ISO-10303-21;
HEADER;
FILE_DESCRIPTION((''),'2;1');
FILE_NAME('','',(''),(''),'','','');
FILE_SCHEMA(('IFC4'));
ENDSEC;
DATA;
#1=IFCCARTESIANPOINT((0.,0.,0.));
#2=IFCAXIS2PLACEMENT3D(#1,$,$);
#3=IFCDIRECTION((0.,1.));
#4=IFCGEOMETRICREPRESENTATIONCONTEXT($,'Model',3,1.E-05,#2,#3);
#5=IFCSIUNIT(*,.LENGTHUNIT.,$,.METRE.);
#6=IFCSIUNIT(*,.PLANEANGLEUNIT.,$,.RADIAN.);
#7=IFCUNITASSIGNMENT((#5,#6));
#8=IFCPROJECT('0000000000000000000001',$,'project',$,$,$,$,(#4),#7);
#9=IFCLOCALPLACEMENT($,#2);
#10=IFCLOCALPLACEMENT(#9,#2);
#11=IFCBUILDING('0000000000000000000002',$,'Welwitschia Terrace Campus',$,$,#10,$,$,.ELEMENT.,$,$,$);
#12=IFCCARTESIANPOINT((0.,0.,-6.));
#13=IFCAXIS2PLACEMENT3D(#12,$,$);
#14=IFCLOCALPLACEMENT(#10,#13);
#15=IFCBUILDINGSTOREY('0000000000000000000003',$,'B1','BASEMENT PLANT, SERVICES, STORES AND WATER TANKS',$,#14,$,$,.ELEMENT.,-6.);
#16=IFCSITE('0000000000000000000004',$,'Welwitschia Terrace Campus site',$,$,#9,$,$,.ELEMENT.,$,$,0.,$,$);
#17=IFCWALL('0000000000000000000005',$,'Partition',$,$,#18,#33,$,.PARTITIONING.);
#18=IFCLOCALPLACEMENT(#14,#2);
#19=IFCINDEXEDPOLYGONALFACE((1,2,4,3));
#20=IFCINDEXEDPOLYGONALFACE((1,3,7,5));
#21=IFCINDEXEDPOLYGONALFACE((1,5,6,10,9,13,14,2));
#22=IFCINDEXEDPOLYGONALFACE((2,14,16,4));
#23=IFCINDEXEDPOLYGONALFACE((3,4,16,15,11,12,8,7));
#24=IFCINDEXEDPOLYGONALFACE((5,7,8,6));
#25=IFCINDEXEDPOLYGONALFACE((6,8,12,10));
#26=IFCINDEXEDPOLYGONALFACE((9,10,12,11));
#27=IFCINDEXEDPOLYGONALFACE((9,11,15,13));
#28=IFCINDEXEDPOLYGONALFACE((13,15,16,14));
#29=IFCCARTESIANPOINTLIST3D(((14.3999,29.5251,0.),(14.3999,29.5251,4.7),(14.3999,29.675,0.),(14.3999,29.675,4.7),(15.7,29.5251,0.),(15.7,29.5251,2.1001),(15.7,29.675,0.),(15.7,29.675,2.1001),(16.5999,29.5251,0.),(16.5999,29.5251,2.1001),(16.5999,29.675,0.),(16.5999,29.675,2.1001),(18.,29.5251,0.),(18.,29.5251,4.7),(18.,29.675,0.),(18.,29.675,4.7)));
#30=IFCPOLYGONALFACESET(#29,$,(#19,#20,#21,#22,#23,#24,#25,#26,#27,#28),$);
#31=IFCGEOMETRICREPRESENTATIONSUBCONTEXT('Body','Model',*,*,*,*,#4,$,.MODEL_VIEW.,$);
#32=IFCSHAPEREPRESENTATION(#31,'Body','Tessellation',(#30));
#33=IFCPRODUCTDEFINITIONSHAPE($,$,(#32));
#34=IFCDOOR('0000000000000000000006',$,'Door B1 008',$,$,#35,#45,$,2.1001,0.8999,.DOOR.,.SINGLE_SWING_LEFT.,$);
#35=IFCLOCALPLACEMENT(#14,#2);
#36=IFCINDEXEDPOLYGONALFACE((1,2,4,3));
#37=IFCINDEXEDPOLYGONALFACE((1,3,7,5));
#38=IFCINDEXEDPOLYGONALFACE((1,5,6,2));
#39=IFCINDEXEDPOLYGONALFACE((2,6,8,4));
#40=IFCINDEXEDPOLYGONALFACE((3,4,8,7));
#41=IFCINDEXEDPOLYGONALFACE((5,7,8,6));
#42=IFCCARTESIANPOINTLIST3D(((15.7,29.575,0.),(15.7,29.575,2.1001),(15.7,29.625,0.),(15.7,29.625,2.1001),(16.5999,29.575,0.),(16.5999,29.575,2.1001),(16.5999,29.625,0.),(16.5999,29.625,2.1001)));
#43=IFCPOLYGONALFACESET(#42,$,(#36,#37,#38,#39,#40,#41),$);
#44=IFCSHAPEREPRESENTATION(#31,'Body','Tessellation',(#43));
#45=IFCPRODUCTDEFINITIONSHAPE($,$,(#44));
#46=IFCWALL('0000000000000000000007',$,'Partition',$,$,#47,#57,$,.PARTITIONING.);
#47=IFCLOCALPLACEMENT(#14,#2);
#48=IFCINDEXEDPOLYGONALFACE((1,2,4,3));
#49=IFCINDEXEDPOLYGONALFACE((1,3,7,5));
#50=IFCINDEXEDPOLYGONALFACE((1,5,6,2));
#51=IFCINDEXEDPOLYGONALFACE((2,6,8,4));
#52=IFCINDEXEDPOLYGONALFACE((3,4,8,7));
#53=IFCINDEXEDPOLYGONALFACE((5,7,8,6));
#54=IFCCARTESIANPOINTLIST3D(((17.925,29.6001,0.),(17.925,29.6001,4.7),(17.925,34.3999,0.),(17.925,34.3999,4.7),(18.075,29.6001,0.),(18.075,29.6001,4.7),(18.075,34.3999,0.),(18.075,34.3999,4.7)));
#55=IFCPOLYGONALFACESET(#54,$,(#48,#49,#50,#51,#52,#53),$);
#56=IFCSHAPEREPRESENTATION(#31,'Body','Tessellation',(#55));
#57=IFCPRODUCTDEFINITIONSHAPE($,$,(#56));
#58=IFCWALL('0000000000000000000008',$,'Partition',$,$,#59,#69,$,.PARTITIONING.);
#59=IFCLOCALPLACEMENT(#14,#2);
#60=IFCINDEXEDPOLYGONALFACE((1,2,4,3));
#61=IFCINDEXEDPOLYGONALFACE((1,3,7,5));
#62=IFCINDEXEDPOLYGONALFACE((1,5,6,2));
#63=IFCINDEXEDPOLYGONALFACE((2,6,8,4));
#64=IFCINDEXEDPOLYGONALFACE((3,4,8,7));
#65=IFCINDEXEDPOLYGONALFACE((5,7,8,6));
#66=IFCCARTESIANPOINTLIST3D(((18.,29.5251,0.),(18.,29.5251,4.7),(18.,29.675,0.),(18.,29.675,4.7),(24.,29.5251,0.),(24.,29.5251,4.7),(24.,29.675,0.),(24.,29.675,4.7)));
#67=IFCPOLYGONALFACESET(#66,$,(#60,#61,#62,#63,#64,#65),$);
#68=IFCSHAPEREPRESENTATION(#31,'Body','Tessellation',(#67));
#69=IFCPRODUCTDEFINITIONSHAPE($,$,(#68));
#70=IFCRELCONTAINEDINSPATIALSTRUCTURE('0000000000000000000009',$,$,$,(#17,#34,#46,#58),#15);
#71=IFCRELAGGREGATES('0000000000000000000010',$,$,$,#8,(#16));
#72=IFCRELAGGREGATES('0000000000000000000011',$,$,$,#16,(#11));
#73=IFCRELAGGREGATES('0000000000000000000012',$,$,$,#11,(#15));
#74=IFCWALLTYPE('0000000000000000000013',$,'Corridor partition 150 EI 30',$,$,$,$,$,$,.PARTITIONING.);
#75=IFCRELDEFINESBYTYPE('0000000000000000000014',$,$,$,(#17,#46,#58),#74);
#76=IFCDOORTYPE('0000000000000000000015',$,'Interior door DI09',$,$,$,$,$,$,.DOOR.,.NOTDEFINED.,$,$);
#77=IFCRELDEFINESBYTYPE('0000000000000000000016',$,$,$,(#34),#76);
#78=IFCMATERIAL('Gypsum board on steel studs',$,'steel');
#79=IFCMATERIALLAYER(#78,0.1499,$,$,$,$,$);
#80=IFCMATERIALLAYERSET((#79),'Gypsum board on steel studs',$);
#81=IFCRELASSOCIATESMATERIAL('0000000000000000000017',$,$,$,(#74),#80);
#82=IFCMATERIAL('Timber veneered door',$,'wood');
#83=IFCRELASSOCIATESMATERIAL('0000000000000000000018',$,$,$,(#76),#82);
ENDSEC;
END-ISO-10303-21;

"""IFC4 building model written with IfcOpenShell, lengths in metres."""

from ifc_helpers import new_model, si_unit, direction, frame, frame_2d, origin, place, context, subcontext, project, spatial, rectangle, extrude, material, layer, layer_set, type_object, element, fill, save


model = new_model("IFC4")

# Units and contexts
model_context = context("Model", 3, precision=1e-05, world=origin(), true_north=direction((0.0, 1.0)))
body_context = subcontext(model_context, "Body", "Model", "MODEL_VIEW")
ifc_project = project(units=[si_unit("LENGTHUNIT", "METRE"), si_unit("PLANEANGLEUNIT", "RADIAN")], contexts=[model_context])

# Site, building, storey
site_placement = place(None, origin())
site = spatial("IfcSite", under=ifc_project, at=site_placement, Name="Welwitschia Terrace Campus site", CompositionType="ELEMENT", RefElevation=0.0)
building_placement = place(site_placement, origin())
building = spatial("IfcBuilding", under=site, at=building_placement, Name="Welwitschia Terrace Campus", CompositionType="ELEMENT")
storey_placement = place(building_placement, frame((0.0, 0.0, -6.0)))
storey = spatial("IfcBuildingStorey", under=building, at=storey_placement, Name="B1", Description="BASEMENT PLANT, SERVICES, STORES AND WATER TANKS", CompositionType="ELEMENT", Elevation=-6.0)

# Shared definitions
ifc_material_1 = material(Name="Gypsum board on steel studs", Category="steel")
ifc_layer = layer(ifc_material_1, 0.1499)
ifc_layer_set = layer_set([ifc_layer], Name="Gypsum board on steel studs")
wall_type = type_object("IfcWallType", Name="Corridor partition 150 EI 30", PredefinedType="PARTITIONING", material=ifc_layer_set)

# Wall, opening, door
wall_1_placement = place(storey_placement, frame((14.3999, 29.6001, 0.0), z_axis=(0.0, 0.0, 1.0), x_axis=(1.0, 0.0, 0.0)))
wall_1 = element("IfcWall", 1, at=wall_1_placement, inside=storey, type_object=wall_type, Name="Partition", PredefinedType="PARTITIONING", context=body_context, shape_type="SweptSolid", body=[
    extrude(rectangle(XDim=3.6001, YDim=0.1499, at=frame_2d((1.8, 0.0))), origin(), (0.0, 0.0, 1.0), 4.7),
])
opening_1_placement = place(wall_1_placement, frame((1.3, 0.0, 0.0)))
opening_1 = element("IfcOpeningElement", 2, at=opening_1_placement, cuts=wall_1, PredefinedType="OPENING", context=body_context, shape_type="SweptSolid", body=[
    extrude(rectangle(XDim=0.8999, YDim=2.1001, at=frame_2d((0.45, 1.05))), frame((0.0, 0.085, 0.0), z_axis=(0.0, -1.0, 0.0), x_axis=(1.0, 0.0, 0.0)), (0.0, 0.0, 1.0), 0.1699),
])
ifc_material_2 = material(Name="Timber veneered door", Category="wood")
door_type_1 = type_object("IfcDoorType", Name="Interior door DI09", OperationType="NOTDEFINED", PredefinedType="DOOR", material=ifc_material_2)
door_1_placement = place(opening_1_placement, origin())
door_1 = element("IfcDoor", 3, at=door_1_placement, inside=storey, type_object=door_type_1, Name="Door B1 008", OperationType="SINGLE_SWING_LEFT", OverallHeight=2.1001, OverallWidth=0.8999, PredefinedType="DOOR", context=body_context, shape_type="SweptSolid", body=[
    extrude(rectangle(XDim=0.8999, YDim=2.1001, at=frame_2d((0.45, 1.05))), frame((0.0, 0.0249, 0.0), z_axis=(0.0, -1.0, 0.0), x_axis=(1.0, 0.0, 0.0)), (0.0, 0.0, 1.0), 0.05),
])
fill(opening_1, door_1)

# Walls
wall_2_placement = place(storey_placement, frame((18.0, 29.6001, 0.0), z_axis=(0.0, 0.0, 1.0), x_axis=(0.0, 1.0, 0.0)))
element("IfcWall", 4, at=wall_2_placement, inside=storey, type_object=wall_type, Name="Partition", PredefinedType="PARTITIONING", context=body_context, shape_type="SweptSolid", body=[
    extrude(rectangle(XDim=4.7998, YDim=0.1499, at=frame_2d((2.3999, 0.0))), origin(), (0.0, 0.0, 1.0), 4.7),
])
wall_3_placement = place(storey_placement, frame((18.0, 29.6001, 0.0), z_axis=(0.0, 0.0, 1.0), x_axis=(1.0, 0.0, 0.0)))
element("IfcWall", 5, at=wall_3_placement, inside=storey, type_object=wall_type, Name="Partition", PredefinedType="PARTITIONING", context=body_context, shape_type="SweptSolid", body=[
    extrude(rectangle(XDim=6.0, YDim=0.1499, at=frame_2d((3.0, 0.0))), origin(), (0.0, 0.0, 1.0), 4.7),
])

save(model, "model.ifc")
